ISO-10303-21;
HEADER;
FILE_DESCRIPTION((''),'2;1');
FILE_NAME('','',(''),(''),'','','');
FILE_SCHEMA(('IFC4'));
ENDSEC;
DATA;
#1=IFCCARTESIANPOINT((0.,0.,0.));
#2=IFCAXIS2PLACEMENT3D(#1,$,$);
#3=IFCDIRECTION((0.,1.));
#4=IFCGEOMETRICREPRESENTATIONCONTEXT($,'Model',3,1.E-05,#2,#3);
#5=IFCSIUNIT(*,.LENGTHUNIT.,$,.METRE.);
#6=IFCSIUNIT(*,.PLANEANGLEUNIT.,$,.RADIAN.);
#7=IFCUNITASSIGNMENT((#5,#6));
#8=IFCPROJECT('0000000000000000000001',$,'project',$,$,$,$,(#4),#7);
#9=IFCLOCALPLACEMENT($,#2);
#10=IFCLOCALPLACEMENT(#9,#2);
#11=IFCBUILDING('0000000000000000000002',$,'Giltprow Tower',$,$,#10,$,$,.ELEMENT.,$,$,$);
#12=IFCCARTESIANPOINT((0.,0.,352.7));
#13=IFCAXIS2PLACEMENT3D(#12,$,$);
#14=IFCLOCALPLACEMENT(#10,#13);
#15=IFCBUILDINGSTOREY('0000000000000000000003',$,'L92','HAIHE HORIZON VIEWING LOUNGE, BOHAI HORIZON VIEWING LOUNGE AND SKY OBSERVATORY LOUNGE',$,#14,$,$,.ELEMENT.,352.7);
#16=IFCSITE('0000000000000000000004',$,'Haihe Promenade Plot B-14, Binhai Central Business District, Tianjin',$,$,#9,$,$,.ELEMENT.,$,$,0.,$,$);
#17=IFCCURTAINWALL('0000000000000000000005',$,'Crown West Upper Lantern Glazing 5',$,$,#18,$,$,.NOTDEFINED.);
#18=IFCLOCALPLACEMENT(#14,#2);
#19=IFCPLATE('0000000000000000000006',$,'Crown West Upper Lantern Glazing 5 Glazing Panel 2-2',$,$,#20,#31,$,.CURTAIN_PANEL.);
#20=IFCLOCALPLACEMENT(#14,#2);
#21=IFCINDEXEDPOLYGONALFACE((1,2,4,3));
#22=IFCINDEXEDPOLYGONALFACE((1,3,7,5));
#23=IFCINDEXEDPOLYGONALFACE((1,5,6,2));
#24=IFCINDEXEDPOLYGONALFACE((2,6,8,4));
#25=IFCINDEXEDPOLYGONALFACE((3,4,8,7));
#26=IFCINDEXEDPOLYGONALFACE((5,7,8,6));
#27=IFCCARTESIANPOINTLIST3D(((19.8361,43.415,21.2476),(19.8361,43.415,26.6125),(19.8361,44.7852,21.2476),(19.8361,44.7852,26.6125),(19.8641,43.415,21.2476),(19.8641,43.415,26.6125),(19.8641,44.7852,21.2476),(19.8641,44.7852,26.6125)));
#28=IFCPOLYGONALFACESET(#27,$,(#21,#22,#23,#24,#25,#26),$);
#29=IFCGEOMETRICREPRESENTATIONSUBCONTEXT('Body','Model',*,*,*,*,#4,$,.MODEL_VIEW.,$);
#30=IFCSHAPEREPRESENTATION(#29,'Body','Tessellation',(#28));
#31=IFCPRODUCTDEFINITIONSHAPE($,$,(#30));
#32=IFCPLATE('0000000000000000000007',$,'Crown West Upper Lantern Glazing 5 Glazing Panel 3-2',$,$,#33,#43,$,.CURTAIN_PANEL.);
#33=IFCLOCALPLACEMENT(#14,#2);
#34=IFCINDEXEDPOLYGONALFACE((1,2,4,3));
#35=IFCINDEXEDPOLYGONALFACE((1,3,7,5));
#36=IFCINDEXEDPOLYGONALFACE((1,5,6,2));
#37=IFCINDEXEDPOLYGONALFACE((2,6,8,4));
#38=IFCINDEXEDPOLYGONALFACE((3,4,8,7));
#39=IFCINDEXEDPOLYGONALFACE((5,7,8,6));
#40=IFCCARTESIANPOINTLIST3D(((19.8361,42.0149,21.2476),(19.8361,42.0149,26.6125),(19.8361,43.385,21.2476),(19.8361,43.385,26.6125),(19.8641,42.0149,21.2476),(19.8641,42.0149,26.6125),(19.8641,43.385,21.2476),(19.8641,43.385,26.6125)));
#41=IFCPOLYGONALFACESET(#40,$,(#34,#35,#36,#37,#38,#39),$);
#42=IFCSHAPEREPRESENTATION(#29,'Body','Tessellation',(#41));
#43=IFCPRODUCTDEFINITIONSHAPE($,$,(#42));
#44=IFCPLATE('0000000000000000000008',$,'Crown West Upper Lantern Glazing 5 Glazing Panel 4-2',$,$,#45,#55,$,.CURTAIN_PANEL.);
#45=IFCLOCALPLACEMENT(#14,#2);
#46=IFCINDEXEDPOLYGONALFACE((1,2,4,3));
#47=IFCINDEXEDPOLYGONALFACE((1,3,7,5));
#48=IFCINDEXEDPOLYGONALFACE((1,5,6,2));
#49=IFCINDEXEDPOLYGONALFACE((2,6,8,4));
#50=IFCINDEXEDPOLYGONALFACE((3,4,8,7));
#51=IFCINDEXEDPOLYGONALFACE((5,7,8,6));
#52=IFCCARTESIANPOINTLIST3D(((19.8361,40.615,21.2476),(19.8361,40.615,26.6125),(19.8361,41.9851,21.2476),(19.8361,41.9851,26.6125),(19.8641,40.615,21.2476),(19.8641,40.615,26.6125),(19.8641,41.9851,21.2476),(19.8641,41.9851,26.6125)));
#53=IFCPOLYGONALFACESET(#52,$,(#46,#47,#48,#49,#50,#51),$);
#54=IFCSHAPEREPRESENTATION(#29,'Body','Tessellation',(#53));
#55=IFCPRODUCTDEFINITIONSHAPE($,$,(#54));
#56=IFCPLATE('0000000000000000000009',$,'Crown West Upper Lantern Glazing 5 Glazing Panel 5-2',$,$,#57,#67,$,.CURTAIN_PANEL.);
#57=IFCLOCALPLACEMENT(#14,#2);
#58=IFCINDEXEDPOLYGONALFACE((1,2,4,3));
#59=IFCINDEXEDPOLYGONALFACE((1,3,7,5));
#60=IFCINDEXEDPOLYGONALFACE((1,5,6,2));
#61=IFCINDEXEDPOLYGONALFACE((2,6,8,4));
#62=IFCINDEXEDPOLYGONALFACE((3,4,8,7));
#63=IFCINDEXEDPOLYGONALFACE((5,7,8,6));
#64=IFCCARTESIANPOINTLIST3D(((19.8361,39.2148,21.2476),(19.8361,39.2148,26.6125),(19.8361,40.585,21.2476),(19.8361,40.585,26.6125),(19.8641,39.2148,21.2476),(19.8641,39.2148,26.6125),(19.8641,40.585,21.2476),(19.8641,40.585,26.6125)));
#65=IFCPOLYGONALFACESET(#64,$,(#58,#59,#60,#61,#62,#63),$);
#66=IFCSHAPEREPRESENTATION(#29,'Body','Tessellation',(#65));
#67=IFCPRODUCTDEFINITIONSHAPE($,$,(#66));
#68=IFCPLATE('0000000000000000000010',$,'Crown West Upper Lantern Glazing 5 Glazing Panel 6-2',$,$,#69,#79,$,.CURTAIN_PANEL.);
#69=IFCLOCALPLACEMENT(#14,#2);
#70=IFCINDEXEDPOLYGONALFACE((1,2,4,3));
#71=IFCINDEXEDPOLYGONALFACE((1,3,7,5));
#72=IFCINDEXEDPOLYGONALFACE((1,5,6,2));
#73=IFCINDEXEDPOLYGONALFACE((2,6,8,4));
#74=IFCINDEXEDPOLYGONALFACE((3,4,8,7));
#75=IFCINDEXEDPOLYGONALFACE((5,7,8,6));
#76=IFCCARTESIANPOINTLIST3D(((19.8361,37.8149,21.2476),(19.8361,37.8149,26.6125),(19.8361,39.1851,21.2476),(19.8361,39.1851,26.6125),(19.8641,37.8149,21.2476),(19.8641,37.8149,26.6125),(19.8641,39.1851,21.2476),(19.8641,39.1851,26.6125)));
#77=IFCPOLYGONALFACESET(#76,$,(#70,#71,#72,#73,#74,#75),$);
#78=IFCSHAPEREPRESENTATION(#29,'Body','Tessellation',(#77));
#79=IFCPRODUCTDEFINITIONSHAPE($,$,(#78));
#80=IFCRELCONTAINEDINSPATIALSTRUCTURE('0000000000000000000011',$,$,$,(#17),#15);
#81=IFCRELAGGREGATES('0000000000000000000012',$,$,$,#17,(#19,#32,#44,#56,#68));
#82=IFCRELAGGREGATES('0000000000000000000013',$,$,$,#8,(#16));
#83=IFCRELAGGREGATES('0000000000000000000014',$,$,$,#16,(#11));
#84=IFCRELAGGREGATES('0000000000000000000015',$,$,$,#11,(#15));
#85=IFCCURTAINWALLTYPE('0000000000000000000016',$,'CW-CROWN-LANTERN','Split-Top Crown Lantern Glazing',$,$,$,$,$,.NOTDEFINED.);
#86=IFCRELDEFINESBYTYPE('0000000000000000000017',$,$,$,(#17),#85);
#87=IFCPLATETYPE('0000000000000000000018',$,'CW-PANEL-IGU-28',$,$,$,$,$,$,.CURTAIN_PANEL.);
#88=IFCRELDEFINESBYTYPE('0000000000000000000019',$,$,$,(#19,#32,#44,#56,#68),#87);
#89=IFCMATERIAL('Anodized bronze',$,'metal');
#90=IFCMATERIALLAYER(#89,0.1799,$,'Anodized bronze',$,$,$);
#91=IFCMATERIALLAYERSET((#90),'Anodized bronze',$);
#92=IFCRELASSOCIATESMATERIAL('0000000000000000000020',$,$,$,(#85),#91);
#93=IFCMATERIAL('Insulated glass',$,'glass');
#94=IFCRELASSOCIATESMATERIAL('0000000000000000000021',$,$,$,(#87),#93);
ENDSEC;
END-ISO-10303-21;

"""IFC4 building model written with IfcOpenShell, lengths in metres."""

from ifc_helpers import new_model, si_unit, direction, frame, origin, origin_2d, place, context, subcontext, project, spatial, rectangle, extrude, source, transform, mapped, material, layer, layer_set, type_object, element, aggregate, save


model = new_model("IFC4")

# Units and contexts
model_context = context("Model", 3, precision=1e-05, world=origin(), true_north=direction((0.0, 1.0)))
body_context = subcontext(model_context, "Body", "Model", "MODEL_VIEW")
ifc_project = project(units=[si_unit("LENGTHUNIT", "METRE"), si_unit("PLANEANGLEUNIT", "RADIAN")], contexts=[model_context])

# Site, building, storey
site_placement = place(None, origin())
site = spatial("IfcSite", under=ifc_project, at=site_placement, Name="Haihe Promenade Plot B-14, Binhai Central Business District, Tianjin", CompositionType="ELEMENT", RefElevation=0.0)
building_placement = place(site_placement, origin())
building = spatial("IfcBuilding", under=site, at=building_placement, Name="Giltprow Tower", CompositionType="ELEMENT")
storey_placement = place(building_placement, frame((0.0, 0.0, 352.7)))
storey = spatial("IfcBuildingStorey", under=building, at=storey_placement, Name="L92", Description="HAIHE HORIZON VIEWING LOUNGE, BOHAI HORIZON VIEWING LOUNGE AND SKY OBSERVATORY LOUNGE", CompositionType="ELEMENT", Elevation=352.7)

# Curtain wall
ifc_material_1 = material(Name="Anodized bronze", Category="metal")
ifc_layer = layer(ifc_material_1, 0.1799, Name="Anodized bronze")
ifc_layer_set = layer_set([ifc_layer], Name="Anodized bronze")
curtain_wall_type = type_object("IfcCurtainWallType", Name="CW-CROWN-LANTERN", Description="Split-Top Crown Lantern Glazing", PredefinedType="NOTDEFINED", material=ifc_layer_set)
curtain_wall_1_placement = place(storey_placement, origin())
curtain_wall_1 = element("IfcCurtainWall", 1, at=curtain_wall_1_placement, inside=storey, type_object=curtain_wall_type, Name="Crown West Upper Lantern Glazing 5", PredefinedType="NOTDEFINED")

# Shared definitions
ifc_material_2 = material(Name="Insulated glass", Category="glass")
plate_type_1 = type_object("IfcPlateType", Name="CW-PANEL-IGU-28", PredefinedType="CURTAIN_PANEL", material=ifc_material_2)

# Plates
shared_shape_1 = source(origin(), body_context, "Body", "SweptSolid", [
    extrude(rectangle(XDim=1.3701, YDim=0.0281, at=origin_2d()), origin(), (0.0, 0.0, 1.0), 5.365),
])
plate_1_placement = place(storey_placement, frame((19.8501, 44.1001, 21.2476), z_axis=(0.0, 0.0, 1.0), x_axis=(0.0, -1.0, 0.0)))
plate_1 = element("IfcPlate", 2, at=plate_1_placement, type_object=plate_type_1, Name="Crown West Upper Lantern Glazing 5 Glazing Panel 2-2", PredefinedType="CURTAIN_PANEL", context=body_context, shape_type="MappedRepresentation", body=[
    mapped(shared_shape_1, transform((0.0, 0.0, 0.0), x_axis=(1.0, 0.0, 0.0), y_axis=(0.0, 1.0, 0.0), z_axis=(0.0, 0.0, 1.0), scale=1.0)),
])
plate_2_placement = place(storey_placement, frame((19.8501, 42.7, 21.2476), z_axis=(0.0, 0.0, 1.0), x_axis=(0.0, -1.0, 0.0)))
plate_2 = element("IfcPlate", 3, at=plate_2_placement, type_object=plate_type_1, Name="Crown West Upper Lantern Glazing 5 Glazing Panel 3-2", PredefinedType="CURTAIN_PANEL", context=body_context, shape_type="MappedRepresentation", body=[
    mapped(shared_shape_1, transform((0.0, 0.0, 0.0), x_axis=(1.0, 0.0, 0.0), y_axis=(0.0, 1.0, 0.0), z_axis=(0.0, 0.0, 1.0), scale=1.0)),
])
plate_3_placement = place(storey_placement, frame((19.8501, 41.3, 21.2476), z_axis=(0.0, 0.0, 1.0), x_axis=(0.0, -1.0, 0.0)))
plate_3 = element("IfcPlate", 4, at=plate_3_placement, type_object=plate_type_1, Name="Crown West Upper Lantern Glazing 5 Glazing Panel 4-2", PredefinedType="CURTAIN_PANEL", context=body_context, shape_type="MappedRepresentation", body=[
    mapped(shared_shape_1, transform((0.0, 0.0, 0.0), x_axis=(1.0, 0.0, 0.0), y_axis=(0.0, 1.0, 0.0), z_axis=(0.0, 0.0, 1.0), scale=1.0)),
])
plate_4_placement = place(storey_placement, frame((19.8501, 39.8999, 21.2476), z_axis=(0.0, 0.0, 1.0), x_axis=(0.0, -1.0, 0.0)))
plate_4 = element("IfcPlate", 5, at=plate_4_placement, type_object=plate_type_1, Name="Crown West Upper Lantern Glazing 5 Glazing Panel 5-2", PredefinedType="CURTAIN_PANEL", context=body_context, shape_type="MappedRepresentation", body=[
    mapped(shared_shape_1, transform((0.0, 0.0, 0.0), x_axis=(1.0, 0.0, 0.0), y_axis=(0.0, 1.0, 0.0), z_axis=(0.0, 0.0, 1.0), scale=1.0)),
])
plate_5_placement = place(storey_placement, frame((19.8501, 38.5, 21.2476), z_axis=(0.0, 0.0, 1.0), x_axis=(0.0, -1.0, 0.0)))
plate_5 = element("IfcPlate", 6, at=plate_5_placement, type_object=plate_type_1, Name="Crown West Upper Lantern Glazing 5 Glazing Panel 6-2", PredefinedType="CURTAIN_PANEL", context=body_context, shape_type="MappedRepresentation", body=[
    mapped(shared_shape_1, transform((0.0, 0.0, 0.0), x_axis=(1.0, 0.0, 0.0), y_axis=(0.0, 1.0, 0.0), z_axis=(0.0, 0.0, 1.0), scale=1.0)),
])
aggregate(curtain_wall_1, [plate_1, plate_2, plate_3, plate_4, plate_5])

save(model, "model.ifc")
